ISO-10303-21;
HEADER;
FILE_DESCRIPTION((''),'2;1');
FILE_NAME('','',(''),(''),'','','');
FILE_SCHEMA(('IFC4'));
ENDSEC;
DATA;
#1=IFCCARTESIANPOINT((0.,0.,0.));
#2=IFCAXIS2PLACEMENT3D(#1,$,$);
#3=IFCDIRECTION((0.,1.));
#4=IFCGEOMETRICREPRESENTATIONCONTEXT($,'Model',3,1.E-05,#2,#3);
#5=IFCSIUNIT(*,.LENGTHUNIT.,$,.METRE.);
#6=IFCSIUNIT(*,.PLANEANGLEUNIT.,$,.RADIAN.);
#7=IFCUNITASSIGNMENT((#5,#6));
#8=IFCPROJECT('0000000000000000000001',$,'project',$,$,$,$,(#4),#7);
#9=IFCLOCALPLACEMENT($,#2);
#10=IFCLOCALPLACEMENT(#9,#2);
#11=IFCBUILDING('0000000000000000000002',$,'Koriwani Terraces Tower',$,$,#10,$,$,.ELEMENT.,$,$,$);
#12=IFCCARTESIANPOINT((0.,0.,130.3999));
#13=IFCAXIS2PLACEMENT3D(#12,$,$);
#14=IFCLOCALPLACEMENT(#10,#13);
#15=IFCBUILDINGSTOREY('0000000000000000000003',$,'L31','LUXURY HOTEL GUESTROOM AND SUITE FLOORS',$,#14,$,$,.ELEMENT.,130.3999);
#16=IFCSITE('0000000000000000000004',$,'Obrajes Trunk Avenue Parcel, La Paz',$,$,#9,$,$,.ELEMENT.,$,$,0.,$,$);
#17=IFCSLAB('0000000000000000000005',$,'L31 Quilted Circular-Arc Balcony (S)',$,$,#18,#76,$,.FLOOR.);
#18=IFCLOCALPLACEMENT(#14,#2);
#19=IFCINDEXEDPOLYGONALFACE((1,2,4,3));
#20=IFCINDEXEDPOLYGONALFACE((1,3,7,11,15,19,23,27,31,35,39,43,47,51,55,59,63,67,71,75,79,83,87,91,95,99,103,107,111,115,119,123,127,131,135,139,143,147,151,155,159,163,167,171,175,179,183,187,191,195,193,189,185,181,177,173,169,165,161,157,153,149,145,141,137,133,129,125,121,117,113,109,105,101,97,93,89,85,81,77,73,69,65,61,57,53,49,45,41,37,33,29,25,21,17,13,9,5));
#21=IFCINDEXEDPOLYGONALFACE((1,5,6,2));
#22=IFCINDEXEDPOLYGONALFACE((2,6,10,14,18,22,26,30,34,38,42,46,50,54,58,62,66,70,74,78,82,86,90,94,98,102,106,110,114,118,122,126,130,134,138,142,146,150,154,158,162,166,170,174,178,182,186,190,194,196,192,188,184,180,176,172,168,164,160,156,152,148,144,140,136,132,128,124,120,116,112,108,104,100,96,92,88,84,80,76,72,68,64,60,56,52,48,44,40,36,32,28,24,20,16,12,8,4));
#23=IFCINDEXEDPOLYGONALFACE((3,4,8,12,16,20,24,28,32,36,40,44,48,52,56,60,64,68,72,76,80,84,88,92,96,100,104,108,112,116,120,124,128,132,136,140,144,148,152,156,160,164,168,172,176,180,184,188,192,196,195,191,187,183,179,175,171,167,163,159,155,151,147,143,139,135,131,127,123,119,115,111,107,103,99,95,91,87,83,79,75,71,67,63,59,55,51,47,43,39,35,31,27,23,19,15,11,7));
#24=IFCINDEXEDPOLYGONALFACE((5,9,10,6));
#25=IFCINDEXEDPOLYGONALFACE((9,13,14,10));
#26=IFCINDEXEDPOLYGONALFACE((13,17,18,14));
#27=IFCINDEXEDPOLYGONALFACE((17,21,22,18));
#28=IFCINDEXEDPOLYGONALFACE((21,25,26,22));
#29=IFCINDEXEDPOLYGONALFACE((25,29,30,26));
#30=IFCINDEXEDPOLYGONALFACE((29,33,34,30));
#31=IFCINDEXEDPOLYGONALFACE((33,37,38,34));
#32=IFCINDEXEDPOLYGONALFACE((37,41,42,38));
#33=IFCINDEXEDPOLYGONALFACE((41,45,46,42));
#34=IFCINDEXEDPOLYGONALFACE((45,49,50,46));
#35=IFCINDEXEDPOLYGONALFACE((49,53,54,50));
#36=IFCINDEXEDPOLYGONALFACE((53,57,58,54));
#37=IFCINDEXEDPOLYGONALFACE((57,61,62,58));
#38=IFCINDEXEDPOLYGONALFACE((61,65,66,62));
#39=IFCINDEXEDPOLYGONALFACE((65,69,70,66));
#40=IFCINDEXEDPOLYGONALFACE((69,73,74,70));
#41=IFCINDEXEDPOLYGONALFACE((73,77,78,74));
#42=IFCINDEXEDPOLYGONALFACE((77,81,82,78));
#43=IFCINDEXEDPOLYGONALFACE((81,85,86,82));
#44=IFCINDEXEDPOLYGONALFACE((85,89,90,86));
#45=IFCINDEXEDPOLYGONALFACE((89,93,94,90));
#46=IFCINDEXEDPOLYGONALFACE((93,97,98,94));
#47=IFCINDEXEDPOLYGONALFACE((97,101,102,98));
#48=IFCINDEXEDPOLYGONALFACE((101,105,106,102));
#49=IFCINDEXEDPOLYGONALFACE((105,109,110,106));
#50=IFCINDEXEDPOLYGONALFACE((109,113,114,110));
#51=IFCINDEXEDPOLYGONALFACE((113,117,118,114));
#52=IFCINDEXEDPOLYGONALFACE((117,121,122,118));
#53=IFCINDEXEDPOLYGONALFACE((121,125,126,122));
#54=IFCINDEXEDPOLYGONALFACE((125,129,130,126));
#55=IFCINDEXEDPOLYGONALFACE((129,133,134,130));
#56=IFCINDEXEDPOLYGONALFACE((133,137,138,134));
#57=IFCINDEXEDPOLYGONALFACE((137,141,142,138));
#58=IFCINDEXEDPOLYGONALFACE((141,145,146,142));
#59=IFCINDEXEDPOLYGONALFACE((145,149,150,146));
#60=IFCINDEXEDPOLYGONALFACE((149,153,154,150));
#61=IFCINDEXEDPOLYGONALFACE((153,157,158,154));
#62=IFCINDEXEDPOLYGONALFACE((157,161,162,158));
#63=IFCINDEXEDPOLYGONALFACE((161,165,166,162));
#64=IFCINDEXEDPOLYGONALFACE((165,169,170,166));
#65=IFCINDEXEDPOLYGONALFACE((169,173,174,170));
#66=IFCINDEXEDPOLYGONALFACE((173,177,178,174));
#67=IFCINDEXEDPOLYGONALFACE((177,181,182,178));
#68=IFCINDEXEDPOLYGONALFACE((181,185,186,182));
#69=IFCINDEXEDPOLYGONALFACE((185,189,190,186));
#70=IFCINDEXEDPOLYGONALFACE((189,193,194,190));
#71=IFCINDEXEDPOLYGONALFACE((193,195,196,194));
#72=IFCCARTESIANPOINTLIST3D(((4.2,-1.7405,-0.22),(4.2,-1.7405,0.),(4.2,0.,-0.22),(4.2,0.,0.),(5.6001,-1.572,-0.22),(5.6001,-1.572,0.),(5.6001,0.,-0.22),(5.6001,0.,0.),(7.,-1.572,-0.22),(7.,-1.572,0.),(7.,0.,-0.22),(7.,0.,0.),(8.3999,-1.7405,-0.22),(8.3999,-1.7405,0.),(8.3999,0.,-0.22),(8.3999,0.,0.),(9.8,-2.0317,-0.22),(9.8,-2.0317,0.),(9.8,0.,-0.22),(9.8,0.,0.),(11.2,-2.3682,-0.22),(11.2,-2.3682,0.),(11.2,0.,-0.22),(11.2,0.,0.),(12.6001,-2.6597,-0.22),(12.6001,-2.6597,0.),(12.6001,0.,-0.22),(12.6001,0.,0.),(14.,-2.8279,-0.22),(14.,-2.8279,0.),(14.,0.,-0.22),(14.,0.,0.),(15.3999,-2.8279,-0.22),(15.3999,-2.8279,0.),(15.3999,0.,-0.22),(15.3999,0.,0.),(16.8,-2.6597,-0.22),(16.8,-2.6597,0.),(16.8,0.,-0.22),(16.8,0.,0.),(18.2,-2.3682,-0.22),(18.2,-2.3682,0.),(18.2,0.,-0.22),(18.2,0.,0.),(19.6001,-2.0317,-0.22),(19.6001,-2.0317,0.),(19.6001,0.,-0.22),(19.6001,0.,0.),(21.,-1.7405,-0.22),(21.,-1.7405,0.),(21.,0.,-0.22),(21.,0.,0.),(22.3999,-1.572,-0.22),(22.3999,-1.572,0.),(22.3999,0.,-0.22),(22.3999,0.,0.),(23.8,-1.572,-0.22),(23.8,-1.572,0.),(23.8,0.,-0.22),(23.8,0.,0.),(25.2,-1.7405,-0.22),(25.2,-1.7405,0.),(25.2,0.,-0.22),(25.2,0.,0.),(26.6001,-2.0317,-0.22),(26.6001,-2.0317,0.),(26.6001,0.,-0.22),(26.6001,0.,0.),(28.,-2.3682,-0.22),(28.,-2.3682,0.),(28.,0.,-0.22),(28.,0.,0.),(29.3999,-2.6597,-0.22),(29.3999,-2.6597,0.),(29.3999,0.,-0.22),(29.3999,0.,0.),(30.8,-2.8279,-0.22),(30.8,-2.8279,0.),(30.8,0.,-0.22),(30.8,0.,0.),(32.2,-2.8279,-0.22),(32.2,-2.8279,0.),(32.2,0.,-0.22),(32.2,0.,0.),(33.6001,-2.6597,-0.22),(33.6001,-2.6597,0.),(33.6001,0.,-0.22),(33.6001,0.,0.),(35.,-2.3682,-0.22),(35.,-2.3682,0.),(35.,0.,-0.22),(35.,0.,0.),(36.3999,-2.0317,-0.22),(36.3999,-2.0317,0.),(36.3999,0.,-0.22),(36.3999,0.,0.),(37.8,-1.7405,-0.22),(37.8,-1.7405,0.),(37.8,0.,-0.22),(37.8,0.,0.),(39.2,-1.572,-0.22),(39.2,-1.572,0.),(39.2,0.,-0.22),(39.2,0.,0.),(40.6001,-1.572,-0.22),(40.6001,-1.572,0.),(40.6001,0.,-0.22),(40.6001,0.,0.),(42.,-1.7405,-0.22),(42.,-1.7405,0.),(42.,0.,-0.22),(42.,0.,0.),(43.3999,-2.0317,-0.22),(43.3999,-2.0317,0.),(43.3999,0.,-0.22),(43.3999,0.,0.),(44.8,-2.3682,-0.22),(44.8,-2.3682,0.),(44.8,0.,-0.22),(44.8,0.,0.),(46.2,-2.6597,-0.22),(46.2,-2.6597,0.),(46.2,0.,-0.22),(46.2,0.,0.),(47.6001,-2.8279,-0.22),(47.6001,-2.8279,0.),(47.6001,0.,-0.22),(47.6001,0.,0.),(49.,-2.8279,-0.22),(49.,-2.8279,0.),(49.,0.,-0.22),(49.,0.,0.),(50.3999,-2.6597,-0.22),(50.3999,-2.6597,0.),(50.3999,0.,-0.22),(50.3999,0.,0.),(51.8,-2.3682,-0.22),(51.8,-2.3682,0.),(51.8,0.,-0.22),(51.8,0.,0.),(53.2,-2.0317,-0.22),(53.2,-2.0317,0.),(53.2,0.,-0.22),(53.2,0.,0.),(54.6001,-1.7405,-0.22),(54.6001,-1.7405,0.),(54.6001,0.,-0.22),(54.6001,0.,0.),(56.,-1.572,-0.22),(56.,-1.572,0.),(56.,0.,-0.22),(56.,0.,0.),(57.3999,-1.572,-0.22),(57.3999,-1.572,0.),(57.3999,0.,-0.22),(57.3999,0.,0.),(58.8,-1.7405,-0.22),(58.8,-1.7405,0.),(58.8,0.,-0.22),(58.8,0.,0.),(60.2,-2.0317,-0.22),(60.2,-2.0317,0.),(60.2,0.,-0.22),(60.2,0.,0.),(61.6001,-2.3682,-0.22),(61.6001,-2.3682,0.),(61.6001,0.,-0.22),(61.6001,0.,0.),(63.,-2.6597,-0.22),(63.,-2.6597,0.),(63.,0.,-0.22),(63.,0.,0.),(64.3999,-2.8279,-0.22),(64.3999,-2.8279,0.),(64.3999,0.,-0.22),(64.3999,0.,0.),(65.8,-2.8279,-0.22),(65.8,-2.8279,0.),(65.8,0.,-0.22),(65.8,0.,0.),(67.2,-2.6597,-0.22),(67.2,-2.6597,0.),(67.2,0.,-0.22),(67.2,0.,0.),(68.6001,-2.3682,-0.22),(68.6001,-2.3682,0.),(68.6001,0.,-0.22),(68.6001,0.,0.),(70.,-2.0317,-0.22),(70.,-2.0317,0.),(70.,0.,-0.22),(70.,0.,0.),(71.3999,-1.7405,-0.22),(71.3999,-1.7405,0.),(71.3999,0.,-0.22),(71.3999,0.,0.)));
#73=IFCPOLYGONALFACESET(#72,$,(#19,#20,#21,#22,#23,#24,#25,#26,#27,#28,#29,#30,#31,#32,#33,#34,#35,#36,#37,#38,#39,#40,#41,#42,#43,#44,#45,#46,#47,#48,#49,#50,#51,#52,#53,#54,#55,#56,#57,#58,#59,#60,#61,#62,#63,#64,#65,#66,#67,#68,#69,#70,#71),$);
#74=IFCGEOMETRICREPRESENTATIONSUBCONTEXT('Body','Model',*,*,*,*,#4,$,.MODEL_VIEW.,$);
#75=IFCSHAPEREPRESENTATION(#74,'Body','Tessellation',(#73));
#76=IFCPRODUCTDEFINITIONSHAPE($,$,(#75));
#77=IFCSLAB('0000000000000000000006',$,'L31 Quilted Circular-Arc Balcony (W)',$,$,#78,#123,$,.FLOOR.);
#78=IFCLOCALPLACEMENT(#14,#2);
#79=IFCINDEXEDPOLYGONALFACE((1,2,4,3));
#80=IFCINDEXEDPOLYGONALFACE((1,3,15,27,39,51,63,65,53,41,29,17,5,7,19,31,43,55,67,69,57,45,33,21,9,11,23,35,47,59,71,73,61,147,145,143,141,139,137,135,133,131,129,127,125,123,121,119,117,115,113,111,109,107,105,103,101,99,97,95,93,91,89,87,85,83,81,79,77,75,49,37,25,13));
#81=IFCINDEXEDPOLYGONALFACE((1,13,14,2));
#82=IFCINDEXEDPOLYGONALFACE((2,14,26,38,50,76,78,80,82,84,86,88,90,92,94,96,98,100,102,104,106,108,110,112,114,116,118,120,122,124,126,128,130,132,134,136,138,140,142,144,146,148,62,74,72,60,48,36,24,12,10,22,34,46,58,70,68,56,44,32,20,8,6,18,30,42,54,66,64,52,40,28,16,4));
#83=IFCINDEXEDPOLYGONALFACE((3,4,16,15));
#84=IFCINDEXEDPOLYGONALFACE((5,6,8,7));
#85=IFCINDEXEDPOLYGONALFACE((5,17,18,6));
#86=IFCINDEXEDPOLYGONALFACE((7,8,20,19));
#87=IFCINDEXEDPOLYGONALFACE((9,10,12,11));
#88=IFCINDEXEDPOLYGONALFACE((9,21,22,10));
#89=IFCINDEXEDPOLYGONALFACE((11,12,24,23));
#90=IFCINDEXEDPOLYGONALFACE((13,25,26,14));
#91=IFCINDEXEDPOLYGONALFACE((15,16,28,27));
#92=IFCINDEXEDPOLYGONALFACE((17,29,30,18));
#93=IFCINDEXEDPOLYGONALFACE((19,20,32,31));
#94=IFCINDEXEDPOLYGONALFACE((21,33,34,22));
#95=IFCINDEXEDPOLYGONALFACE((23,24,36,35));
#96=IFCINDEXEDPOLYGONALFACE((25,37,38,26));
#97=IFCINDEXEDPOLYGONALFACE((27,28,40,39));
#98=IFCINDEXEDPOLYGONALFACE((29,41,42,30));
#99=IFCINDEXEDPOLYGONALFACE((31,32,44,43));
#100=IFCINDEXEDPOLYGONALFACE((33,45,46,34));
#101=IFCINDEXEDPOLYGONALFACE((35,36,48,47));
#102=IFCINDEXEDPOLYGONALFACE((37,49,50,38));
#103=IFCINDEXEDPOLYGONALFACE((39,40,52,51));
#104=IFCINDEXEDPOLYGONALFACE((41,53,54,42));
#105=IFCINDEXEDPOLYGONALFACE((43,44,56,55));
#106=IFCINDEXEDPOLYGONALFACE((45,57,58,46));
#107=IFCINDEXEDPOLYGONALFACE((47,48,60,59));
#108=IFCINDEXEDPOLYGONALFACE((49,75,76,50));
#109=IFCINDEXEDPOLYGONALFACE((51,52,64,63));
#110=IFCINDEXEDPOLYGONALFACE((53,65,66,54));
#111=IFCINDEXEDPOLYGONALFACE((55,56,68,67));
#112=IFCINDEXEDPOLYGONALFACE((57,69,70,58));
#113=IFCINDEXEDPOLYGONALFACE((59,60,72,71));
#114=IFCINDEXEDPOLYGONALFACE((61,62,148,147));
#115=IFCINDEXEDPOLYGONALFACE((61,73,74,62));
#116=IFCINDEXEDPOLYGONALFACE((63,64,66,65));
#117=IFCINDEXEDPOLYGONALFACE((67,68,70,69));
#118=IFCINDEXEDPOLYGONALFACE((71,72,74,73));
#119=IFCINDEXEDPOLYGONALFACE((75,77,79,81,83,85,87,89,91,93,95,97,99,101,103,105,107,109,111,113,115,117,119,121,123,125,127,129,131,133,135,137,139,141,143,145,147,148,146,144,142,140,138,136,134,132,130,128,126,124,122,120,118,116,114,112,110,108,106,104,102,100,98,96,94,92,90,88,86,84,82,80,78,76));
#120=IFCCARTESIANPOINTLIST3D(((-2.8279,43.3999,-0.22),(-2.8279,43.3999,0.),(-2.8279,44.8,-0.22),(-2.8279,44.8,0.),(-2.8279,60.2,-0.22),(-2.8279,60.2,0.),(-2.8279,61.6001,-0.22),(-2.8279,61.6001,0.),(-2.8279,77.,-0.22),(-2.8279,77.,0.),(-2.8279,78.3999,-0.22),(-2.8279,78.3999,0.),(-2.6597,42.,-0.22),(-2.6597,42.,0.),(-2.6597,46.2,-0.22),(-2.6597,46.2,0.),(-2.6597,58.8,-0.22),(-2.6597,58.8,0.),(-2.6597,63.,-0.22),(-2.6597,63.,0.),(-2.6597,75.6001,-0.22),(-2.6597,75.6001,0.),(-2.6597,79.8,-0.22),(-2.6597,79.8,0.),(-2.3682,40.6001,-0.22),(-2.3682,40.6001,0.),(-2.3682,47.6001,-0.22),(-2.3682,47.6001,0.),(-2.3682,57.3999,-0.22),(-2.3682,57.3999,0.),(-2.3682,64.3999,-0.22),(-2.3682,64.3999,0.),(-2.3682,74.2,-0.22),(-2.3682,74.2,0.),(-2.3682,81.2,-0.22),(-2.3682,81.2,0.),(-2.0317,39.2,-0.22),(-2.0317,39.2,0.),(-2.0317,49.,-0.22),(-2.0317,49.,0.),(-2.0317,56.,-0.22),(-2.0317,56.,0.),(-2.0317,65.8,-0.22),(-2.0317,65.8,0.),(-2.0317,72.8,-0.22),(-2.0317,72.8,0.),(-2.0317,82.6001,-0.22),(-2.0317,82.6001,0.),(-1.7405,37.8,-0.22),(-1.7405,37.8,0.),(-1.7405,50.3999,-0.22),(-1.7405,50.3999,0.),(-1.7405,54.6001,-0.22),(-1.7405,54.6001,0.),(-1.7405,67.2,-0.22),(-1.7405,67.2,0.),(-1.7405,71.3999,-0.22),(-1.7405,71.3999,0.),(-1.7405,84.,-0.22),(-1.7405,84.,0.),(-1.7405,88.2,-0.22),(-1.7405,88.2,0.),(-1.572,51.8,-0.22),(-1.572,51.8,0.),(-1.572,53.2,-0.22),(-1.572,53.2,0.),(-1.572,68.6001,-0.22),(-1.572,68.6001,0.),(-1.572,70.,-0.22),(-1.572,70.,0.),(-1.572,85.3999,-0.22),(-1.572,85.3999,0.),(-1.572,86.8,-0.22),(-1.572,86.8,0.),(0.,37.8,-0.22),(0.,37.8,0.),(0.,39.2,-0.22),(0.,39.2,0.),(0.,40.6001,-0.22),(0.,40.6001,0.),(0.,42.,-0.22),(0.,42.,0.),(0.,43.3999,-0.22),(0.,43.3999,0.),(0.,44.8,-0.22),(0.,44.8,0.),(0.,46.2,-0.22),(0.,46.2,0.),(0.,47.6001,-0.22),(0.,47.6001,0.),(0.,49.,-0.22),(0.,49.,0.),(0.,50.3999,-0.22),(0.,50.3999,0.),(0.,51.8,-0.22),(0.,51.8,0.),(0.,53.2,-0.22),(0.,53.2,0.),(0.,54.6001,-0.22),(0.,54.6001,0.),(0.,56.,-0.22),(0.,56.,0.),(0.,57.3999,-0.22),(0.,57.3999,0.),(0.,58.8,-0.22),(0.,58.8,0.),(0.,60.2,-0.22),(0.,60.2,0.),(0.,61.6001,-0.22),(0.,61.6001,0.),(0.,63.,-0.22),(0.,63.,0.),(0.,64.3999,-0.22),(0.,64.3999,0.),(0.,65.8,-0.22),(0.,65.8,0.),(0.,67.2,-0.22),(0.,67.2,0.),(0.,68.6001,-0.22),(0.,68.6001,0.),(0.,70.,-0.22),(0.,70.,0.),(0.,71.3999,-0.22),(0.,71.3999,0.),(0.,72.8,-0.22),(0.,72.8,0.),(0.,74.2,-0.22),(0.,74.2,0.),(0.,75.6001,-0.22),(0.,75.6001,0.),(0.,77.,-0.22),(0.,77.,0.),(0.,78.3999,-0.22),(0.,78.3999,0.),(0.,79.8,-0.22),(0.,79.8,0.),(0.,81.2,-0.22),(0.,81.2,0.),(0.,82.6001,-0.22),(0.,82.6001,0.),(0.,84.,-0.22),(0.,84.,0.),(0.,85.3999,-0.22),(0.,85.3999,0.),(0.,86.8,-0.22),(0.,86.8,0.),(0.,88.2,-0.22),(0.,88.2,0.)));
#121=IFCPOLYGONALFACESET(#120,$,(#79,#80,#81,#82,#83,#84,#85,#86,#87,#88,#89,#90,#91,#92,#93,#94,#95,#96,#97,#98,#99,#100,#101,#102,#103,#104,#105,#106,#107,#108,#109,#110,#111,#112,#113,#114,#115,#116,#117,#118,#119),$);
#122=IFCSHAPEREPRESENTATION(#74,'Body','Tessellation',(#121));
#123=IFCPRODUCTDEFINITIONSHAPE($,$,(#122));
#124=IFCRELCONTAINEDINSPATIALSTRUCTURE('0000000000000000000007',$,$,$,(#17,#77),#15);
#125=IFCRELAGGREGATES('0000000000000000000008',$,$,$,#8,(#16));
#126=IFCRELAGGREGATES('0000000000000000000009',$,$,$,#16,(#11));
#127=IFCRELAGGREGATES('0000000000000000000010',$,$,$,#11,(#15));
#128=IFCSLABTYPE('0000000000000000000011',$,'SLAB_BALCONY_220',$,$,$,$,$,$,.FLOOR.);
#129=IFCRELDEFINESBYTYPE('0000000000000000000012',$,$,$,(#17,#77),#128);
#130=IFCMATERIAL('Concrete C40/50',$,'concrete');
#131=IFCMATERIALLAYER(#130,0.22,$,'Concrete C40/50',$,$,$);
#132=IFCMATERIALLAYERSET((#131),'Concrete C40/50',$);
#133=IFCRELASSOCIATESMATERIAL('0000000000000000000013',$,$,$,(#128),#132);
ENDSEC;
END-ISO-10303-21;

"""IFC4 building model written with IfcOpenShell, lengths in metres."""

from ifc_helpers import new_model, si_unit, direction, frame, origin, place, context, subcontext, project, spatial, polyline, outline, extrude, material, layer, layer_set, type_object, element, save


model = new_model("IFC4")

# Units and contexts
model_context = context("Model", 3, precision=1e-05, world=origin(), true_north=direction((0.0, 1.0)))
body_context = subcontext(model_context, "Body", "Model", "MODEL_VIEW")
ifc_project = project(units=[si_unit("LENGTHUNIT", "METRE"), si_unit("PLANEANGLEUNIT", "RADIAN")], contexts=[model_context])

# Site, building, storey
site_placement = place(None, origin())
site = spatial("IfcSite", under=ifc_project, at=site_placement, Name="Obrajes Trunk Avenue Parcel, La Paz", CompositionType="ELEMENT", RefElevation=0.0)
building_placement = place(site_placement, origin())
building = spatial("IfcBuilding", under=site, at=building_placement, Name="Koriwani Terraces Tower", CompositionType="ELEMENT")
storey_placement = place(building_placement, frame((0.0, 0.0, 130.3999)))
storey = spatial("IfcBuildingStorey", under=building, at=storey_placement, Name="L31", Description="LUXURY HOTEL GUESTROOM AND SUITE FLOORS", CompositionType="ELEMENT", Elevation=130.3999)

# Shared definitions
ifc_material_1 = material(Name="Concrete C40/50", Category="concrete")

# Slabs
ifc_layer_1 = layer(ifc_material_1, 0.22, Name="Concrete C40/50")
ifc_layer_set_1 = layer_set([ifc_layer_1], Name="Concrete C40/50")
slab_type_1 = type_object("IfcSlabType", Name="SLAB_BALCONY_220", PredefinedType="FLOOR", material=ifc_layer_set_1)
slab_1_placement = place(storey_placement, frame((0.0, 0.0, -0.22)))
element("IfcSlab", 1, at=slab_1_placement, inside=storey, type_object=slab_type_1, Name="L31 Quilted Circular-Arc Balcony (S)", PredefinedType="FLOOR", context=body_context, shape_type="SweptSolid", body=[
    extrude(outline(polyline([(4.2, 0.0), (5.6001, 0.0), (7.0, 0.0), (8.3999, 0.0), (9.8, 0.0), (11.2, 0.0), (12.6001, 0.0), (14.0, 0.0), (15.3999, 0.0), (16.8, 0.0), (18.2, 0.0), (19.6001, 0.0), (21.0, 0.0), (22.3999, 0.0), (23.8, 0.0), (25.2, 0.0), (26.6001, 0.0), (28.0, 0.0), (29.3999, 0.0), (30.8, 0.0), (32.2, 0.0), (33.6001, 0.0), (35.0, 0.0), (36.3999, 0.0), (37.8, 0.0), (39.2, 0.0), (40.6001, 0.0), (42.0, 0.0), (43.3999, 0.0), (44.8, 0.0), (46.2, 0.0), (47.6001, 0.0), (49.0, 0.0), (50.3999, 0.0), (51.8, 0.0), (53.2, 0.0), (54.6001, 0.0), (56.0, 0.0), (57.3999, 0.0), (58.8, 0.0), (60.2, 0.0), (61.6001, 0.0), (63.0, 0.0), (64.3999, 0.0), (65.8, 0.0), (67.2, 0.0), (68.6001, 0.0), (70.0, 0.0), (71.3999, 0.0), (71.3999, -1.7405), (70.0, -2.0317), (68.6001, -2.3682), (67.2, -2.6597), (65.8, -2.8279), (64.3999, -2.8279), (63.0, -2.6597), (61.6001, -2.3682), (60.2, -2.0317), (58.8, -1.7405), (57.3999, -1.572), (56.0, -1.572), (54.6001, -1.7405), (53.2, -2.0317), (51.8, -2.3682), (50.3999, -2.6597), (49.0, -2.8279), (47.6001, -2.8279), (46.2, -2.6597), (44.8, -2.3682), (43.3999, -2.0317), (42.0, -1.7405), (40.6001, -1.572), (39.2, -1.572), (37.8, -1.7405), (36.3999, -2.0317), (35.0, -2.3682), (33.6001, -2.6597), (32.2, -2.8279), (30.8, -2.8279), (29.3999, -2.6597), (28.0, -2.3682), (26.6001, -2.0317), (25.2, -1.7405), (23.8, -1.572), (22.3999, -1.572), (21.0, -1.7405), (19.6001, -2.0317), (18.2, -2.3682), (16.8, -2.6597), (15.3999, -2.8279), (14.0, -2.8279), (12.6001, -2.6597), (11.2, -2.3682), (9.8, -2.0317), (8.3999, -1.7405), (7.0, -1.572), (5.6001, -1.572), (4.2, -1.7405), (4.2, 0.0)])), origin(), (0.0, 0.0, 1.0), 0.22),
])
slab_2_placement = place(storey_placement, frame((0.0, 0.0, -0.22)))
element("IfcSlab", 2, at=slab_2_placement, inside=storey, type_object=slab_type_1, Name="L31 Quilted Circular-Arc Balcony (W)", PredefinedType="FLOOR", context=body_context, shape_type="SweptSolid", body=[
    extrude(outline(polyline([(0.0, 37.8), (0.0, 39.2), (0.0, 40.6001), (0.0, 42.0), (0.0, 43.3999), (0.0, 44.8), (0.0, 46.2), (0.0, 47.6001), (0.0, 49.0), (0.0, 50.3999), (0.0, 51.8), (0.0, 53.2), (0.0, 54.6001), (0.0, 56.0), (0.0, 57.3999), (0.0, 58.8), (0.0, 60.2), (0.0, 61.6001), (0.0, 63.0), (0.0, 64.3999), (0.0, 65.8), (0.0, 67.2), (0.0, 68.6001), (0.0, 70.0), (0.0, 71.3999), (0.0, 72.8), (0.0, 74.2), (0.0, 75.6001), (0.0, 77.0), (0.0, 78.3999), (0.0, 79.8), (0.0, 81.2), (0.0, 82.6001), (0.0, 84.0), (0.0, 85.3999), (0.0, 86.8), (0.0, 88.2), (-1.7405, 88.2), (-1.572, 86.8), (-1.572, 85.3999), (-1.7405, 84.0), (-2.0317, 82.6001), (-2.3682, 81.2), (-2.6597, 79.8), (-2.8279, 78.3999), (-2.8279, 77.0), (-2.6597, 75.6001), (-2.3682, 74.2), (-2.0317, 72.8), (-1.7405, 71.3999), (-1.572, 70.0), (-1.572, 68.6001), (-1.7405, 67.2), (-2.0317, 65.8), (-2.3682, 64.3999), (-2.6597, 63.0), (-2.8279, 61.6001), (-2.8279, 60.2), (-2.6597, 58.8), (-2.3682, 57.3999), (-2.0317, 56.0), (-1.7405, 54.6001), (-1.572, 53.2), (-1.572, 51.8), (-1.7405, 50.3999), (-2.0317, 49.0), (-2.3682, 47.6001), (-2.6597, 46.2), (-2.8279, 44.8), (-2.8279, 43.3999), (-2.6597, 42.0), (-2.3682, 40.6001), (-2.0317, 39.2), (-1.7405, 37.8), (0.0, 37.8)])), origin(), (0.0, 0.0, 1.0), 0.22),
])

save(model, "model.ifc")
